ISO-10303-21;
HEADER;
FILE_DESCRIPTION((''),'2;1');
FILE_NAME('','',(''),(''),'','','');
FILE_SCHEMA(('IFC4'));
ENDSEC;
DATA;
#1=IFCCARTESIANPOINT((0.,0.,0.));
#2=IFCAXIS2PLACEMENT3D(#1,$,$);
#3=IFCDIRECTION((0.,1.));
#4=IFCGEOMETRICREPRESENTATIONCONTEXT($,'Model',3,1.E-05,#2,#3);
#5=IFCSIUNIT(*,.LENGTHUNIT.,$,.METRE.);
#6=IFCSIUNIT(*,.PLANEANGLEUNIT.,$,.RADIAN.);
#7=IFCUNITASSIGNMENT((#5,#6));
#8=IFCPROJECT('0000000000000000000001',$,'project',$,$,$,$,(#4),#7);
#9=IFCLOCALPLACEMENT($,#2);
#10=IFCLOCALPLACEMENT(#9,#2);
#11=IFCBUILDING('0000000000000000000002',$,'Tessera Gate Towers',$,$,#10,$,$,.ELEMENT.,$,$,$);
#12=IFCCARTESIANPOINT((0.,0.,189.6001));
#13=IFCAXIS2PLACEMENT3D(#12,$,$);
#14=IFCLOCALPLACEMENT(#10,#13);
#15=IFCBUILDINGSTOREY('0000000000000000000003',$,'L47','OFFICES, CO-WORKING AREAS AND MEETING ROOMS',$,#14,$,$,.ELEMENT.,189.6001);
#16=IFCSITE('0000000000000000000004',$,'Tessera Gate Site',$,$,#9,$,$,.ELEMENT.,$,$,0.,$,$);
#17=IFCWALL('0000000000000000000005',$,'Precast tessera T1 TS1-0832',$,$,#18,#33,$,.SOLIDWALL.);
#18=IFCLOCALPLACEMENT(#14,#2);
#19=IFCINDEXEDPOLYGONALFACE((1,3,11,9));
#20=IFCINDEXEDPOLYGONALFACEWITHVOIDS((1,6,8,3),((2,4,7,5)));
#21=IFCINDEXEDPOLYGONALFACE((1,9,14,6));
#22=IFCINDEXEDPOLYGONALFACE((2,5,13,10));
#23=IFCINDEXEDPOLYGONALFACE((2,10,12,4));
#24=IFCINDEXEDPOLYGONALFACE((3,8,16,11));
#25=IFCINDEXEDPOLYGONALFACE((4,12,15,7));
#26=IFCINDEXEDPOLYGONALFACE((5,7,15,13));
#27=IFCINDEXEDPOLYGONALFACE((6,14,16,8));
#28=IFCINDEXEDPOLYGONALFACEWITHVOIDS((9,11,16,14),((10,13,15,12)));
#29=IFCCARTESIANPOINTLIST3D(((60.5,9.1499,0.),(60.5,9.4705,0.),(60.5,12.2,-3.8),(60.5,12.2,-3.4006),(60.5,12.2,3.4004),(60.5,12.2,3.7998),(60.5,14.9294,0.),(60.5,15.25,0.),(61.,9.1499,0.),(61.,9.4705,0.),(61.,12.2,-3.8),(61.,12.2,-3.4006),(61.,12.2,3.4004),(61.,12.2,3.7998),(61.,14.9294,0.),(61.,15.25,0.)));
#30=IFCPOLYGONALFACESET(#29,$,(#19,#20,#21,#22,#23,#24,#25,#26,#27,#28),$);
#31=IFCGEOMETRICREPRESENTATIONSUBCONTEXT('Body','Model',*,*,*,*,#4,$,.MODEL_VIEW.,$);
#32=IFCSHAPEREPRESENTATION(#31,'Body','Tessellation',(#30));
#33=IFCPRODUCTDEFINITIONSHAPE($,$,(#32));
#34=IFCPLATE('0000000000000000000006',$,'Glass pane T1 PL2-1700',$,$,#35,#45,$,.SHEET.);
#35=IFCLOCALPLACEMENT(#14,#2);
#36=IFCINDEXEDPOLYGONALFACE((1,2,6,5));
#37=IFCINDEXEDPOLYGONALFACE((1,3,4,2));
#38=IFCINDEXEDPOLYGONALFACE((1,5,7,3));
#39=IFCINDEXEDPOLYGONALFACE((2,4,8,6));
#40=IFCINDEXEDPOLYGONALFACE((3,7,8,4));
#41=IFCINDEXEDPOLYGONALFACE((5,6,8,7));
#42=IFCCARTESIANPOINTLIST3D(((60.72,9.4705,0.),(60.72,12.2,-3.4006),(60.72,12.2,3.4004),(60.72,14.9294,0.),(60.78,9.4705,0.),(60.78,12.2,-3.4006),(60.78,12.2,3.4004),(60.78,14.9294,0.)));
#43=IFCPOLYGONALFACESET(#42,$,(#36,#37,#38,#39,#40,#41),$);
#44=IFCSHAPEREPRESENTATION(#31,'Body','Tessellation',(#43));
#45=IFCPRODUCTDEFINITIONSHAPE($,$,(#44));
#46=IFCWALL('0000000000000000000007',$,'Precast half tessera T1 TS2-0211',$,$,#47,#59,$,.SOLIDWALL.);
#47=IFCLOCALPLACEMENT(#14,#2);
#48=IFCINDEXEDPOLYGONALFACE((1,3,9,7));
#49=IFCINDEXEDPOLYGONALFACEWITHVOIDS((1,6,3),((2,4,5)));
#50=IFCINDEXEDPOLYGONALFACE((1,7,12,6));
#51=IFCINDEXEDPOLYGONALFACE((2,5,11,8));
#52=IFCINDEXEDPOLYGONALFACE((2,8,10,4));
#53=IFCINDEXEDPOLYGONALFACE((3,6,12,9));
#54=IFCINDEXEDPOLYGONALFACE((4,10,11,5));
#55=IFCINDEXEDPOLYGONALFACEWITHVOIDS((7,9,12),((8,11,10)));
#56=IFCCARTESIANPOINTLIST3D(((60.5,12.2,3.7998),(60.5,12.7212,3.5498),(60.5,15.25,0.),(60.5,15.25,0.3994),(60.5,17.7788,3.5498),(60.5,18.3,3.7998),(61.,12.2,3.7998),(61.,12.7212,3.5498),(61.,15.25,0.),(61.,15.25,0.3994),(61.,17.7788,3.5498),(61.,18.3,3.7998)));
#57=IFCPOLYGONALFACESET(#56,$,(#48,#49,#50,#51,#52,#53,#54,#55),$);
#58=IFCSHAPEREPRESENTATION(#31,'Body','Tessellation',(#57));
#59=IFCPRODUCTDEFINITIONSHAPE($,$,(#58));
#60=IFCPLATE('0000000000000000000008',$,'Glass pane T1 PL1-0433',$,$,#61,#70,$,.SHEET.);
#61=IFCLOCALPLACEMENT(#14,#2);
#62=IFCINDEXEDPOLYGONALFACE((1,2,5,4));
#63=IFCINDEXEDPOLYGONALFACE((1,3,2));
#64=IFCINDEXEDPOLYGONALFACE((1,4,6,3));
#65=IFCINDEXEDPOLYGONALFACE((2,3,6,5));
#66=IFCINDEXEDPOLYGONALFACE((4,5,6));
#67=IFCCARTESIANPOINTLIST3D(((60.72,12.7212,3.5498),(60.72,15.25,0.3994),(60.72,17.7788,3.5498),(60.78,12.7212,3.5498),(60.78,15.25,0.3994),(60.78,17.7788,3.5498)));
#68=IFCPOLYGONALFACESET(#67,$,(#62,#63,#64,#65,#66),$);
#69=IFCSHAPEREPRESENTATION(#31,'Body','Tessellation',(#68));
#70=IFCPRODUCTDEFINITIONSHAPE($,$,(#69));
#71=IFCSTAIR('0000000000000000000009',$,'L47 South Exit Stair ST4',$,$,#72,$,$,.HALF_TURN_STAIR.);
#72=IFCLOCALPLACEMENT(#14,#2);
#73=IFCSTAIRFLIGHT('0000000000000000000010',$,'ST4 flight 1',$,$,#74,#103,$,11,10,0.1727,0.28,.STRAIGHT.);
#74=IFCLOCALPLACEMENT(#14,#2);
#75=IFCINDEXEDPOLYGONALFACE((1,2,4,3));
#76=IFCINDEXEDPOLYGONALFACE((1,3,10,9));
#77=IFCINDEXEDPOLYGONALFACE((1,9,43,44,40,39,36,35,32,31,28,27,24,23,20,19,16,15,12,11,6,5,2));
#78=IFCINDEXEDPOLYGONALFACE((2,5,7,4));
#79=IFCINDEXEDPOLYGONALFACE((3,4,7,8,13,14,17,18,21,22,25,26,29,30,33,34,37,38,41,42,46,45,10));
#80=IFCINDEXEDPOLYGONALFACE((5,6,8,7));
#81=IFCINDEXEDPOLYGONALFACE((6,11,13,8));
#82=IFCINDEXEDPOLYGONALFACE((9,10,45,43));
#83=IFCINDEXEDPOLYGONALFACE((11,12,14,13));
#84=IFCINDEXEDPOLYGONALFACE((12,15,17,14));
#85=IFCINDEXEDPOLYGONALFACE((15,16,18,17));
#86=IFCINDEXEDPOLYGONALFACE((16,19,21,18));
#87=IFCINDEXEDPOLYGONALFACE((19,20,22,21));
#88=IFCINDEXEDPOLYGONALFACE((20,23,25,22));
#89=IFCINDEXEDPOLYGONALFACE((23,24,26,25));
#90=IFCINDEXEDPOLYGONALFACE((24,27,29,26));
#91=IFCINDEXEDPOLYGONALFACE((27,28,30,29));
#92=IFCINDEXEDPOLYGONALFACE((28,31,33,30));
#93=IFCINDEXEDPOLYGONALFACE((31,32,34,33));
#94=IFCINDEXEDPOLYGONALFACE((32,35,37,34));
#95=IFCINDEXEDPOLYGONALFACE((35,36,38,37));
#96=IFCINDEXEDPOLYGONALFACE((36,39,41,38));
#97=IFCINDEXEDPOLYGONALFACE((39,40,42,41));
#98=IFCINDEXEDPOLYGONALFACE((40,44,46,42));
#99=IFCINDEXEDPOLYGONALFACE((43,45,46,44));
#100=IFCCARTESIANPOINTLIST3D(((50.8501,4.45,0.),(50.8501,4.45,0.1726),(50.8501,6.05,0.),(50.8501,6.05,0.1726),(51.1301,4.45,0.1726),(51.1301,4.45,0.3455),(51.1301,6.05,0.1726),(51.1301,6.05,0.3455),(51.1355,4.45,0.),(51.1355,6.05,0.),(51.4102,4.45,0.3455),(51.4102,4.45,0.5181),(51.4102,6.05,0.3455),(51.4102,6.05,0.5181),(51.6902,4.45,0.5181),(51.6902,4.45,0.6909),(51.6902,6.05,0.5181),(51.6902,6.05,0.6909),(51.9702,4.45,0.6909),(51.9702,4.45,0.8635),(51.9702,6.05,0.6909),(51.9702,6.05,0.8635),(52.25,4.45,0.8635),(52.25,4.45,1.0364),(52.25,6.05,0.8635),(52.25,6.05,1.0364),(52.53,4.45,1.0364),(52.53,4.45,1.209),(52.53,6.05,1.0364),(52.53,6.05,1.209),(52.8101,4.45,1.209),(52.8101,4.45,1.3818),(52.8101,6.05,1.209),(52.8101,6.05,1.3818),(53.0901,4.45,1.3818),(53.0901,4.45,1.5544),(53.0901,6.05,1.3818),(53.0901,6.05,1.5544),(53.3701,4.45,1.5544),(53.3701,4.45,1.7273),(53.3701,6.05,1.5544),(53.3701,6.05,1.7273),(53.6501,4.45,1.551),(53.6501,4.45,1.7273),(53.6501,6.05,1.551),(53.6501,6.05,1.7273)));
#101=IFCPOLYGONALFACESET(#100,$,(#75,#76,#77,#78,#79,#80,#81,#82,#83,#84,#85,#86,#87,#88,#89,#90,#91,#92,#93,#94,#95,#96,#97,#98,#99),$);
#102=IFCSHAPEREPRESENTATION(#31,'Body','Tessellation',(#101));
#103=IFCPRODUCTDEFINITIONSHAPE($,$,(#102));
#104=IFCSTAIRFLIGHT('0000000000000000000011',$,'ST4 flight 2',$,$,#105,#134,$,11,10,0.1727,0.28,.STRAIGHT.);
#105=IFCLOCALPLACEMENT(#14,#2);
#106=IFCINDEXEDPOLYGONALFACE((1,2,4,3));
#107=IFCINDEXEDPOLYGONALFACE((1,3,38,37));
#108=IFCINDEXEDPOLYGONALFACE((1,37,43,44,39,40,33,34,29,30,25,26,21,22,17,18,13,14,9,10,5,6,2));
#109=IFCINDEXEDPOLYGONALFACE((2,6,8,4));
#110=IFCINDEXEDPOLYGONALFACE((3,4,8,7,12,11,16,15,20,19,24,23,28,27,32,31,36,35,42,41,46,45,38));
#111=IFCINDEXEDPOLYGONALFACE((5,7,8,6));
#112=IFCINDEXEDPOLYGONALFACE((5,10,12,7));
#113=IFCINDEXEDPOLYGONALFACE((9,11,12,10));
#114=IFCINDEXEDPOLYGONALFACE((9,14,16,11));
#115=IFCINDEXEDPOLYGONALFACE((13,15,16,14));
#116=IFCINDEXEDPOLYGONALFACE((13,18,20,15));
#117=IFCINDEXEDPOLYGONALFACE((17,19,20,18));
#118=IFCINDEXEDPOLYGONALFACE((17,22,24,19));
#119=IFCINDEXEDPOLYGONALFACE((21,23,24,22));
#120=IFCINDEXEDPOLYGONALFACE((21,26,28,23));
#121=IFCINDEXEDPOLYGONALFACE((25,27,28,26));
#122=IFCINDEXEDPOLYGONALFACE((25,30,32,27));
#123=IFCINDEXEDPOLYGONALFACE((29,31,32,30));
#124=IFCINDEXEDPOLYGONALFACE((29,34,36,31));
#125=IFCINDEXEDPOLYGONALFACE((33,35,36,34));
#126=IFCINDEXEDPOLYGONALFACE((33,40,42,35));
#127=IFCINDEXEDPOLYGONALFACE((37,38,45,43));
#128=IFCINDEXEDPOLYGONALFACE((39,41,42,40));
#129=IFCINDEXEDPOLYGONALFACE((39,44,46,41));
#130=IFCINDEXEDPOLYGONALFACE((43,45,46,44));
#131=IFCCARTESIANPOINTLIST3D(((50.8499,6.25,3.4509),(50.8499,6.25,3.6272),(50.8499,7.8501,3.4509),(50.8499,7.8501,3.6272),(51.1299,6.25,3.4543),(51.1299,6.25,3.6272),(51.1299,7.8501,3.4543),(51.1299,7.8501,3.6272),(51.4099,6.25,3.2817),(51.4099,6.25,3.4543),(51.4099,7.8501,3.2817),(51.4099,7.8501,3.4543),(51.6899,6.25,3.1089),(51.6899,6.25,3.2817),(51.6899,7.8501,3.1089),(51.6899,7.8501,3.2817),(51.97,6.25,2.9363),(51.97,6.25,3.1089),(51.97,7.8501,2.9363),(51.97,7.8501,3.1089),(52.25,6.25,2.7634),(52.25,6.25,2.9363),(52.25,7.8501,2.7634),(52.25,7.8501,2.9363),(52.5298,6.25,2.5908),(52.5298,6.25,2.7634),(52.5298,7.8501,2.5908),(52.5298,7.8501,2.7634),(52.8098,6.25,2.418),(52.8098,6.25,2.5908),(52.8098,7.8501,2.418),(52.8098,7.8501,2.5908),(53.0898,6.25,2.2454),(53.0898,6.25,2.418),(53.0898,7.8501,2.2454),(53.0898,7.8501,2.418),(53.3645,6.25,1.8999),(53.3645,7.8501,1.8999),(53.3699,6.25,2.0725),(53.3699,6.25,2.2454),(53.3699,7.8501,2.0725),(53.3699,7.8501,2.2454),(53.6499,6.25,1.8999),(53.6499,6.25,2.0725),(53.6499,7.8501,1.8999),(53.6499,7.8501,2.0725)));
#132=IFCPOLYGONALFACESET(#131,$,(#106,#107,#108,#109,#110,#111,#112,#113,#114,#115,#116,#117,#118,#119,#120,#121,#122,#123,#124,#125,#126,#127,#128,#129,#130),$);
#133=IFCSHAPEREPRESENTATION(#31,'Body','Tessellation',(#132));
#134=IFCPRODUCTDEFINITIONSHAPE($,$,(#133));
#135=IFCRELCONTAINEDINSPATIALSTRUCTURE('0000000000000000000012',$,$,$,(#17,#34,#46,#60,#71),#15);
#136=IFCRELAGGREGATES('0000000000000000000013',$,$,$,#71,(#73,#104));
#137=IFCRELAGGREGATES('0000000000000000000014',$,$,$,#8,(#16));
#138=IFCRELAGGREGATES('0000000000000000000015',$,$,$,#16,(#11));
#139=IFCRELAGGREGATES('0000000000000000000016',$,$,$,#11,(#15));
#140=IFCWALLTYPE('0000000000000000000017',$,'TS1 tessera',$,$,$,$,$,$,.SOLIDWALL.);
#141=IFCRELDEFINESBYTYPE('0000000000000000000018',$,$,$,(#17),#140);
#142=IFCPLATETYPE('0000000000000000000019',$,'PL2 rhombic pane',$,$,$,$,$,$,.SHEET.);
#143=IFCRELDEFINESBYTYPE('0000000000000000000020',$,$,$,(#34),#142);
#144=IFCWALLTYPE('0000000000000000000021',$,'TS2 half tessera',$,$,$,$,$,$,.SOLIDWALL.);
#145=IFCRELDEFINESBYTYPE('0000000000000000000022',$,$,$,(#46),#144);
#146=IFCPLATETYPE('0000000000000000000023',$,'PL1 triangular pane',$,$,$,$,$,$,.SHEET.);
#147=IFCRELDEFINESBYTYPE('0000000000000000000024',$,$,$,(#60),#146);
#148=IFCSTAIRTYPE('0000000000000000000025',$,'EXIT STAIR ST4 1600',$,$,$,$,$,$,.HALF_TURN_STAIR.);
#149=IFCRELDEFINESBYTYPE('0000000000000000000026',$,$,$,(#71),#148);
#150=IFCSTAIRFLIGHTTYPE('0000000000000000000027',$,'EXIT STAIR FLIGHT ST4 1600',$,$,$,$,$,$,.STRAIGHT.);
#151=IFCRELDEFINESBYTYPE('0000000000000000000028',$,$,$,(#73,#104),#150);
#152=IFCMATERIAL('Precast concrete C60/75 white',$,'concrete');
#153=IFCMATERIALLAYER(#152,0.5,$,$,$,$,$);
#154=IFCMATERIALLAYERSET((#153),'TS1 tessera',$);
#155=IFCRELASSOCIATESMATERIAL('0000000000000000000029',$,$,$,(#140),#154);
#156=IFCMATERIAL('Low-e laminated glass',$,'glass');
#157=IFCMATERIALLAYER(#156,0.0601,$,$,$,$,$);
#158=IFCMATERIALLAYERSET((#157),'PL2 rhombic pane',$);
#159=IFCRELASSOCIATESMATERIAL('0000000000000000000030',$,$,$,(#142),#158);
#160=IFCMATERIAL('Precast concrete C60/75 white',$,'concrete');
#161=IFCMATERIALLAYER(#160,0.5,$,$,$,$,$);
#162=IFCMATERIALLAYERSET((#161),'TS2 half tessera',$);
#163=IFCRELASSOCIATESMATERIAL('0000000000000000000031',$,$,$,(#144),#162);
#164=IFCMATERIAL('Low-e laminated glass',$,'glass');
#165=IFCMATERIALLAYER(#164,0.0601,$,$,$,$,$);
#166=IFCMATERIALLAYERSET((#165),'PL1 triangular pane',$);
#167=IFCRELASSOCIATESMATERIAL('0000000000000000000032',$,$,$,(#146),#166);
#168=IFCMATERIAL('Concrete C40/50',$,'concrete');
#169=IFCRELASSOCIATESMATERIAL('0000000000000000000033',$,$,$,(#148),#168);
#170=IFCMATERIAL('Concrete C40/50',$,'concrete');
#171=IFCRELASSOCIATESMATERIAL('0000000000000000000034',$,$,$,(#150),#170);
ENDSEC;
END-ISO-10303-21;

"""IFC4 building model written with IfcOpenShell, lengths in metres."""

from ifc_helpers import new_model, si_unit, direction, frame, origin, place, context, subcontext, project, spatial, polyline, outline, extrude, source, transform, mapped, material, layer, layer_set, type_object, element, fill, aggregate, save


model = new_model("IFC4")

# Units and contexts
model_context = context("Model", 3, precision=1e-05, world=origin(), true_north=direction((0.0, 1.0)))
body_context = subcontext(model_context, "Body", "Model", "MODEL_VIEW")
ifc_project = project(units=[si_unit("LENGTHUNIT", "METRE"), si_unit("PLANEANGLEUNIT", "RADIAN")], contexts=[model_context])

# Site, building, storey
site_placement = place(None, origin())
site = spatial("IfcSite", under=ifc_project, at=site_placement, Name="Tessera Gate Site", CompositionType="ELEMENT", RefElevation=0.0)
building_placement = place(site_placement, origin())
building = spatial("IfcBuilding", under=site, at=building_placement, Name="Tessera Gate Towers", CompositionType="ELEMENT")
storey_placement = place(building_placement, frame((0.0, 0.0, 189.6001)))
storey = spatial("IfcBuildingStorey", under=building, at=storey_placement, Name="L47", Description="OFFICES, CO-WORKING AREAS AND MEETING ROOMS", CompositionType="ELEMENT", Elevation=189.6001)

# Walls, openings, plates
ifc_material_1 = material(Name="Precast concrete C60/75 white", Category="concrete")
ifc_layer_1 = layer(ifc_material_1, 0.5)
ifc_layer_set_1 = layer_set([ifc_layer_1], Name="TS1 tessera")
wall_type_1 = type_object("IfcWallType", Name="TS1 tessera", PredefinedType="SOLIDWALL", material=ifc_layer_set_1)
shared_shape_1 = source(origin(), body_context, "Body", "SweptSolid", [
    extrude(outline(polyline([(3.05, 0.0), (6.1001, 3.8), (3.05, 7.5999), (0.0, 3.8), (3.05, 0.0)])), frame((0.0, 0.25, 0.0), z_axis=(0.0, -1.0, 0.0), x_axis=(1.0, 0.0, 0.0)), (0.0, 0.0, 1.0), 0.5),
])
wall_1_placement = place(storey_placement, frame((60.75, 9.1499, -3.8), z_axis=(0.0, 0.0, 1.0), x_axis=(0.0, 1.0, 0.0)))
wall_1 = element("IfcWall", 1, at=wall_1_placement, inside=storey, type_object=wall_type_1, Name="Precast tessera T1 TS1-0832", PredefinedType="SOLIDWALL", context=body_context, shape_type="MappedRepresentation", body=[
    mapped(shared_shape_1, transform((0.0, 0.0, 0.0), scale=1.0)),
])
shared_shape_2 = source(origin(), body_context, "Body", "SweptSolid", [
    extrude(outline(polyline([(3.05, 0.3994), (5.7795, 3.8), (3.05, 7.2004), (0.3206, 3.8), (3.05, 0.3994)])), frame((0.0, 0.26, 0.0), z_axis=(0.0, -1.0, 0.0), x_axis=(1.0, 0.0, 0.0)), (0.0, 0.0, 1.0), 0.52),
])
opening_1_placement = place(wall_1_placement, origin())
opening_1 = element("IfcOpeningElement", 2, at=opening_1_placement, cuts=wall_1, PredefinedType="OPENING", context=body_context, shape_type="MappedRepresentation", body=[
    mapped(shared_shape_2, transform((0.0, 0.0, 0.0), scale=1.0)),
])
ifc_material_2 = material(Name="Low-e laminated glass", Category="glass")
ifc_layer_2 = layer(ifc_material_2, 0.0601)
ifc_layer_set_2 = layer_set([ifc_layer_2], Name="PL2 rhombic pane")
plate_type_1 = type_object("IfcPlateType", Name="PL2 rhombic pane", PredefinedType="SHEET", material=ifc_layer_set_2)
shared_shape_3 = source(origin(), body_context, "Body", "SweptSolid", [
    extrude(outline(polyline([(3.05, 0.3994), (5.7795, 3.8), (3.05, 7.2004), (0.3206, 3.8), (3.05, 0.3994)])), frame((0.0, 0.03, 0.0), z_axis=(0.0, -1.0, 0.0), x_axis=(1.0, 0.0, 0.0)), (0.0, 0.0, 1.0), 0.0601),
])
plate_1_placement = place(opening_1_placement, origin())
plate_1 = element("IfcPlate", 3, at=plate_1_placement, inside=storey, type_object=plate_type_1, Name="Glass pane T1 PL2-1700", PredefinedType="SHEET", context=body_context, shape_type="MappedRepresentation", body=[
    mapped(shared_shape_3, transform((0.0, 0.0, 0.0), scale=1.0)),
])
fill(opening_1, plate_1)
ifc_material_3 = material(Name="Precast concrete C60/75 white", Category="concrete")
ifc_layer_3 = layer(ifc_material_3, 0.5)
ifc_layer_set_3 = layer_set([ifc_layer_3], Name="TS2 half tessera")
wall_type_2 = type_object("IfcWallType", Name="TS2 half tessera", PredefinedType="SOLIDWALL", material=ifc_layer_set_3)
shared_shape_4 = source(origin(), body_context, "Body", "SweptSolid", [
    extrude(outline(polyline([(3.05, 0.0), (6.1001, 3.7998), (0.0, 3.7998), (3.05, 0.0)])), frame((0.0, 0.25, 0.0), z_axis=(0.0, -1.0, 0.0), x_axis=(1.0, 0.0, 0.0)), (0.0, 0.0, 1.0), 0.5),
])
wall_2_placement = place(storey_placement, frame((60.75, 12.2, 0.0), z_axis=(0.0, 0.0, 1.0), x_axis=(0.0, 1.0, 0.0)))
wall_2 = element("IfcWall", 4, at=wall_2_placement, inside=storey, type_object=wall_type_2, Name="Precast half tessera T1 TS2-0211", PredefinedType="SOLIDWALL", context=body_context, shape_type="MappedRepresentation", body=[
    mapped(shared_shape_4, transform((0.0, 0.0, 0.0), scale=1.0)),
])
shared_shape_5 = source(origin(), body_context, "Body", "SweptSolid", [
    extrude(outline(polyline([(3.05, 0.3994), (5.5789, 3.5498), (0.5212, 3.5498), (3.05, 0.3994)])), frame((0.0, 0.26, 0.0), z_axis=(0.0, -1.0, 0.0), x_axis=(1.0, 0.0, 0.0)), (0.0, 0.0, 1.0), 0.52),
])
opening_2_placement = place(wall_2_placement, origin())
opening_2 = element("IfcOpeningElement", 5, at=opening_2_placement, cuts=wall_2, PredefinedType="OPENING", context=body_context, shape_type="MappedRepresentation", body=[
    mapped(shared_shape_5, transform((0.0, 0.0, 0.0), scale=1.0)),
])
ifc_material_4 = material(Name="Low-e laminated glass", Category="glass")
ifc_layer_4 = layer(ifc_material_4, 0.0601)
ifc_layer_set_4 = layer_set([ifc_layer_4], Name="PL1 triangular pane")
plate_type_2 = type_object("IfcPlateType", Name="PL1 triangular pane", PredefinedType="SHEET", material=ifc_layer_set_4)
shared_shape_6 = source(origin(), body_context, "Body", "SweptSolid", [
    extrude(outline(polyline([(3.05, 0.3994), (5.5789, 3.5498), (0.5212, 3.5498), (3.05, 0.3994)])), frame((0.0, 0.03, 0.0), z_axis=(0.0, -1.0, 0.0), x_axis=(1.0, 0.0, 0.0)), (0.0, 0.0, 1.0), 0.0601),
])
plate_2_placement = place(opening_2_placement, origin())
plate_2 = element("IfcPlate", 6, at=plate_2_placement, inside=storey, type_object=plate_type_2, Name="Glass pane T1 PL1-0433", PredefinedType="SHEET", context=body_context, shape_type="MappedRepresentation", body=[
    mapped(shared_shape_6, transform((0.0, 0.0, 0.0), scale=1.0)),
])
fill(opening_2, plate_2)

# Stair, stair flights
ifc_material_5 = material(Name="Concrete C40/50", Category="concrete")
stair_type = type_object("IfcStairType", Name="EXIT STAIR ST4 1600", PredefinedType="HALF_TURN_STAIR", material=ifc_material_5)
stair_placement = place(storey_placement, origin())
stair = element("IfcStair", 7, at=stair_placement, inside=storey, type_object=stair_type, Name="L47 South Exit Stair ST4", PredefinedType="HALF_TURN_STAIR")
ifc_material_6 = material(Name="Concrete C40/50", Category="concrete")
stair_flight_type = type_object("IfcStairFlightType", Name="EXIT STAIR FLIGHT ST4 1600", PredefinedType="STRAIGHT", material=ifc_material_6)
stair_flight_1_placement = place(storey_placement, frame((50.8501, 5.25, 0.0), z_axis=(0.0, 0.0, 1.0), x_axis=(1.0, 0.0, 0.0)))
stair_flight_1 = element("IfcStairFlight", 8, at=stair_flight_1_placement, type_object=stair_flight_type, Name="ST4 flight 1", NumberOfRisers=11, NumberOfTreads=10, PredefinedType="STRAIGHT", RiserHeight=0.1727, TreadLength=0.28, context=body_context, shape_type="SweptSolid", body=[
    extrude(outline(polyline([(0.0, 0.0), (0.0, 0.1726), (0.28, 0.1726), (0.28, 0.3455), (0.5601, 0.3455), (0.5601, 0.5181), (0.8401, 0.5181), (0.8401, 0.6909), (1.1201, 0.6909), (1.1201, 0.8635), (1.3999, 0.8635), (1.3999, 1.0364), (1.6799, 1.0364), (1.6799, 1.209), (1.96, 1.209), (1.96, 1.3818), (2.24, 1.3818), (2.24, 1.5544), (2.52, 1.5544), (2.52, 1.7273), (2.8, 1.7273), (2.8, 1.8999), (2.8, 1.551), (0.2854, 0.0), (0.0, 0.0)])), frame((0.0, 0.8, 0.0), z_axis=(0.0, -1.0, 0.0), x_axis=(1.0, 0.0, 0.0)), (0.0, 0.0, 1.0), 1.6001),
])
stair_flight_2_placement = place(storey_placement, frame((53.6499, 7.05, 1.8999), z_axis=(0.0, 0.0, 1.0), x_axis=(-1.0, 0.0, 0.0)))
stair_flight_2 = element("IfcStairFlight", 9, at=stair_flight_2_placement, type_object=stair_flight_type, Name="ST4 flight 2", NumberOfRisers=11, NumberOfTreads=10, PredefinedType="STRAIGHT", RiserHeight=0.1727, TreadLength=0.28, context=body_context, shape_type="SweptSolid", body=[
    extrude(outline(polyline([(0.0, 0.0), (0.0, 0.1726), (0.28, 0.1726), (0.28, 0.3455), (0.5601, 0.3455), (0.5601, 0.5181), (0.8401, 0.5181), (0.8401, 0.6909), (1.1201, 0.6909), (1.1201, 0.8635), (1.3999, 0.8635), (1.3999, 1.0364), (1.6799, 1.0364), (1.6799, 1.209), (1.96, 1.209), (1.96, 1.3818), (2.24, 1.3818), (2.24, 1.5544), (2.52, 1.5544), (2.52, 1.7273), (2.8, 1.7273), (2.8, 1.8999), (2.8, 1.551), (0.2854, 0.0), (0.0, 0.0)])), frame((0.0, 0.8, 0.0), z_axis=(0.0, -1.0, 0.0), x_axis=(1.0, 0.0, 0.0)), (0.0, 0.0, 1.0), 1.6001),
])
aggregate(stair, [stair_flight_1, stair_flight_2])

save(model, "model.ifc")
